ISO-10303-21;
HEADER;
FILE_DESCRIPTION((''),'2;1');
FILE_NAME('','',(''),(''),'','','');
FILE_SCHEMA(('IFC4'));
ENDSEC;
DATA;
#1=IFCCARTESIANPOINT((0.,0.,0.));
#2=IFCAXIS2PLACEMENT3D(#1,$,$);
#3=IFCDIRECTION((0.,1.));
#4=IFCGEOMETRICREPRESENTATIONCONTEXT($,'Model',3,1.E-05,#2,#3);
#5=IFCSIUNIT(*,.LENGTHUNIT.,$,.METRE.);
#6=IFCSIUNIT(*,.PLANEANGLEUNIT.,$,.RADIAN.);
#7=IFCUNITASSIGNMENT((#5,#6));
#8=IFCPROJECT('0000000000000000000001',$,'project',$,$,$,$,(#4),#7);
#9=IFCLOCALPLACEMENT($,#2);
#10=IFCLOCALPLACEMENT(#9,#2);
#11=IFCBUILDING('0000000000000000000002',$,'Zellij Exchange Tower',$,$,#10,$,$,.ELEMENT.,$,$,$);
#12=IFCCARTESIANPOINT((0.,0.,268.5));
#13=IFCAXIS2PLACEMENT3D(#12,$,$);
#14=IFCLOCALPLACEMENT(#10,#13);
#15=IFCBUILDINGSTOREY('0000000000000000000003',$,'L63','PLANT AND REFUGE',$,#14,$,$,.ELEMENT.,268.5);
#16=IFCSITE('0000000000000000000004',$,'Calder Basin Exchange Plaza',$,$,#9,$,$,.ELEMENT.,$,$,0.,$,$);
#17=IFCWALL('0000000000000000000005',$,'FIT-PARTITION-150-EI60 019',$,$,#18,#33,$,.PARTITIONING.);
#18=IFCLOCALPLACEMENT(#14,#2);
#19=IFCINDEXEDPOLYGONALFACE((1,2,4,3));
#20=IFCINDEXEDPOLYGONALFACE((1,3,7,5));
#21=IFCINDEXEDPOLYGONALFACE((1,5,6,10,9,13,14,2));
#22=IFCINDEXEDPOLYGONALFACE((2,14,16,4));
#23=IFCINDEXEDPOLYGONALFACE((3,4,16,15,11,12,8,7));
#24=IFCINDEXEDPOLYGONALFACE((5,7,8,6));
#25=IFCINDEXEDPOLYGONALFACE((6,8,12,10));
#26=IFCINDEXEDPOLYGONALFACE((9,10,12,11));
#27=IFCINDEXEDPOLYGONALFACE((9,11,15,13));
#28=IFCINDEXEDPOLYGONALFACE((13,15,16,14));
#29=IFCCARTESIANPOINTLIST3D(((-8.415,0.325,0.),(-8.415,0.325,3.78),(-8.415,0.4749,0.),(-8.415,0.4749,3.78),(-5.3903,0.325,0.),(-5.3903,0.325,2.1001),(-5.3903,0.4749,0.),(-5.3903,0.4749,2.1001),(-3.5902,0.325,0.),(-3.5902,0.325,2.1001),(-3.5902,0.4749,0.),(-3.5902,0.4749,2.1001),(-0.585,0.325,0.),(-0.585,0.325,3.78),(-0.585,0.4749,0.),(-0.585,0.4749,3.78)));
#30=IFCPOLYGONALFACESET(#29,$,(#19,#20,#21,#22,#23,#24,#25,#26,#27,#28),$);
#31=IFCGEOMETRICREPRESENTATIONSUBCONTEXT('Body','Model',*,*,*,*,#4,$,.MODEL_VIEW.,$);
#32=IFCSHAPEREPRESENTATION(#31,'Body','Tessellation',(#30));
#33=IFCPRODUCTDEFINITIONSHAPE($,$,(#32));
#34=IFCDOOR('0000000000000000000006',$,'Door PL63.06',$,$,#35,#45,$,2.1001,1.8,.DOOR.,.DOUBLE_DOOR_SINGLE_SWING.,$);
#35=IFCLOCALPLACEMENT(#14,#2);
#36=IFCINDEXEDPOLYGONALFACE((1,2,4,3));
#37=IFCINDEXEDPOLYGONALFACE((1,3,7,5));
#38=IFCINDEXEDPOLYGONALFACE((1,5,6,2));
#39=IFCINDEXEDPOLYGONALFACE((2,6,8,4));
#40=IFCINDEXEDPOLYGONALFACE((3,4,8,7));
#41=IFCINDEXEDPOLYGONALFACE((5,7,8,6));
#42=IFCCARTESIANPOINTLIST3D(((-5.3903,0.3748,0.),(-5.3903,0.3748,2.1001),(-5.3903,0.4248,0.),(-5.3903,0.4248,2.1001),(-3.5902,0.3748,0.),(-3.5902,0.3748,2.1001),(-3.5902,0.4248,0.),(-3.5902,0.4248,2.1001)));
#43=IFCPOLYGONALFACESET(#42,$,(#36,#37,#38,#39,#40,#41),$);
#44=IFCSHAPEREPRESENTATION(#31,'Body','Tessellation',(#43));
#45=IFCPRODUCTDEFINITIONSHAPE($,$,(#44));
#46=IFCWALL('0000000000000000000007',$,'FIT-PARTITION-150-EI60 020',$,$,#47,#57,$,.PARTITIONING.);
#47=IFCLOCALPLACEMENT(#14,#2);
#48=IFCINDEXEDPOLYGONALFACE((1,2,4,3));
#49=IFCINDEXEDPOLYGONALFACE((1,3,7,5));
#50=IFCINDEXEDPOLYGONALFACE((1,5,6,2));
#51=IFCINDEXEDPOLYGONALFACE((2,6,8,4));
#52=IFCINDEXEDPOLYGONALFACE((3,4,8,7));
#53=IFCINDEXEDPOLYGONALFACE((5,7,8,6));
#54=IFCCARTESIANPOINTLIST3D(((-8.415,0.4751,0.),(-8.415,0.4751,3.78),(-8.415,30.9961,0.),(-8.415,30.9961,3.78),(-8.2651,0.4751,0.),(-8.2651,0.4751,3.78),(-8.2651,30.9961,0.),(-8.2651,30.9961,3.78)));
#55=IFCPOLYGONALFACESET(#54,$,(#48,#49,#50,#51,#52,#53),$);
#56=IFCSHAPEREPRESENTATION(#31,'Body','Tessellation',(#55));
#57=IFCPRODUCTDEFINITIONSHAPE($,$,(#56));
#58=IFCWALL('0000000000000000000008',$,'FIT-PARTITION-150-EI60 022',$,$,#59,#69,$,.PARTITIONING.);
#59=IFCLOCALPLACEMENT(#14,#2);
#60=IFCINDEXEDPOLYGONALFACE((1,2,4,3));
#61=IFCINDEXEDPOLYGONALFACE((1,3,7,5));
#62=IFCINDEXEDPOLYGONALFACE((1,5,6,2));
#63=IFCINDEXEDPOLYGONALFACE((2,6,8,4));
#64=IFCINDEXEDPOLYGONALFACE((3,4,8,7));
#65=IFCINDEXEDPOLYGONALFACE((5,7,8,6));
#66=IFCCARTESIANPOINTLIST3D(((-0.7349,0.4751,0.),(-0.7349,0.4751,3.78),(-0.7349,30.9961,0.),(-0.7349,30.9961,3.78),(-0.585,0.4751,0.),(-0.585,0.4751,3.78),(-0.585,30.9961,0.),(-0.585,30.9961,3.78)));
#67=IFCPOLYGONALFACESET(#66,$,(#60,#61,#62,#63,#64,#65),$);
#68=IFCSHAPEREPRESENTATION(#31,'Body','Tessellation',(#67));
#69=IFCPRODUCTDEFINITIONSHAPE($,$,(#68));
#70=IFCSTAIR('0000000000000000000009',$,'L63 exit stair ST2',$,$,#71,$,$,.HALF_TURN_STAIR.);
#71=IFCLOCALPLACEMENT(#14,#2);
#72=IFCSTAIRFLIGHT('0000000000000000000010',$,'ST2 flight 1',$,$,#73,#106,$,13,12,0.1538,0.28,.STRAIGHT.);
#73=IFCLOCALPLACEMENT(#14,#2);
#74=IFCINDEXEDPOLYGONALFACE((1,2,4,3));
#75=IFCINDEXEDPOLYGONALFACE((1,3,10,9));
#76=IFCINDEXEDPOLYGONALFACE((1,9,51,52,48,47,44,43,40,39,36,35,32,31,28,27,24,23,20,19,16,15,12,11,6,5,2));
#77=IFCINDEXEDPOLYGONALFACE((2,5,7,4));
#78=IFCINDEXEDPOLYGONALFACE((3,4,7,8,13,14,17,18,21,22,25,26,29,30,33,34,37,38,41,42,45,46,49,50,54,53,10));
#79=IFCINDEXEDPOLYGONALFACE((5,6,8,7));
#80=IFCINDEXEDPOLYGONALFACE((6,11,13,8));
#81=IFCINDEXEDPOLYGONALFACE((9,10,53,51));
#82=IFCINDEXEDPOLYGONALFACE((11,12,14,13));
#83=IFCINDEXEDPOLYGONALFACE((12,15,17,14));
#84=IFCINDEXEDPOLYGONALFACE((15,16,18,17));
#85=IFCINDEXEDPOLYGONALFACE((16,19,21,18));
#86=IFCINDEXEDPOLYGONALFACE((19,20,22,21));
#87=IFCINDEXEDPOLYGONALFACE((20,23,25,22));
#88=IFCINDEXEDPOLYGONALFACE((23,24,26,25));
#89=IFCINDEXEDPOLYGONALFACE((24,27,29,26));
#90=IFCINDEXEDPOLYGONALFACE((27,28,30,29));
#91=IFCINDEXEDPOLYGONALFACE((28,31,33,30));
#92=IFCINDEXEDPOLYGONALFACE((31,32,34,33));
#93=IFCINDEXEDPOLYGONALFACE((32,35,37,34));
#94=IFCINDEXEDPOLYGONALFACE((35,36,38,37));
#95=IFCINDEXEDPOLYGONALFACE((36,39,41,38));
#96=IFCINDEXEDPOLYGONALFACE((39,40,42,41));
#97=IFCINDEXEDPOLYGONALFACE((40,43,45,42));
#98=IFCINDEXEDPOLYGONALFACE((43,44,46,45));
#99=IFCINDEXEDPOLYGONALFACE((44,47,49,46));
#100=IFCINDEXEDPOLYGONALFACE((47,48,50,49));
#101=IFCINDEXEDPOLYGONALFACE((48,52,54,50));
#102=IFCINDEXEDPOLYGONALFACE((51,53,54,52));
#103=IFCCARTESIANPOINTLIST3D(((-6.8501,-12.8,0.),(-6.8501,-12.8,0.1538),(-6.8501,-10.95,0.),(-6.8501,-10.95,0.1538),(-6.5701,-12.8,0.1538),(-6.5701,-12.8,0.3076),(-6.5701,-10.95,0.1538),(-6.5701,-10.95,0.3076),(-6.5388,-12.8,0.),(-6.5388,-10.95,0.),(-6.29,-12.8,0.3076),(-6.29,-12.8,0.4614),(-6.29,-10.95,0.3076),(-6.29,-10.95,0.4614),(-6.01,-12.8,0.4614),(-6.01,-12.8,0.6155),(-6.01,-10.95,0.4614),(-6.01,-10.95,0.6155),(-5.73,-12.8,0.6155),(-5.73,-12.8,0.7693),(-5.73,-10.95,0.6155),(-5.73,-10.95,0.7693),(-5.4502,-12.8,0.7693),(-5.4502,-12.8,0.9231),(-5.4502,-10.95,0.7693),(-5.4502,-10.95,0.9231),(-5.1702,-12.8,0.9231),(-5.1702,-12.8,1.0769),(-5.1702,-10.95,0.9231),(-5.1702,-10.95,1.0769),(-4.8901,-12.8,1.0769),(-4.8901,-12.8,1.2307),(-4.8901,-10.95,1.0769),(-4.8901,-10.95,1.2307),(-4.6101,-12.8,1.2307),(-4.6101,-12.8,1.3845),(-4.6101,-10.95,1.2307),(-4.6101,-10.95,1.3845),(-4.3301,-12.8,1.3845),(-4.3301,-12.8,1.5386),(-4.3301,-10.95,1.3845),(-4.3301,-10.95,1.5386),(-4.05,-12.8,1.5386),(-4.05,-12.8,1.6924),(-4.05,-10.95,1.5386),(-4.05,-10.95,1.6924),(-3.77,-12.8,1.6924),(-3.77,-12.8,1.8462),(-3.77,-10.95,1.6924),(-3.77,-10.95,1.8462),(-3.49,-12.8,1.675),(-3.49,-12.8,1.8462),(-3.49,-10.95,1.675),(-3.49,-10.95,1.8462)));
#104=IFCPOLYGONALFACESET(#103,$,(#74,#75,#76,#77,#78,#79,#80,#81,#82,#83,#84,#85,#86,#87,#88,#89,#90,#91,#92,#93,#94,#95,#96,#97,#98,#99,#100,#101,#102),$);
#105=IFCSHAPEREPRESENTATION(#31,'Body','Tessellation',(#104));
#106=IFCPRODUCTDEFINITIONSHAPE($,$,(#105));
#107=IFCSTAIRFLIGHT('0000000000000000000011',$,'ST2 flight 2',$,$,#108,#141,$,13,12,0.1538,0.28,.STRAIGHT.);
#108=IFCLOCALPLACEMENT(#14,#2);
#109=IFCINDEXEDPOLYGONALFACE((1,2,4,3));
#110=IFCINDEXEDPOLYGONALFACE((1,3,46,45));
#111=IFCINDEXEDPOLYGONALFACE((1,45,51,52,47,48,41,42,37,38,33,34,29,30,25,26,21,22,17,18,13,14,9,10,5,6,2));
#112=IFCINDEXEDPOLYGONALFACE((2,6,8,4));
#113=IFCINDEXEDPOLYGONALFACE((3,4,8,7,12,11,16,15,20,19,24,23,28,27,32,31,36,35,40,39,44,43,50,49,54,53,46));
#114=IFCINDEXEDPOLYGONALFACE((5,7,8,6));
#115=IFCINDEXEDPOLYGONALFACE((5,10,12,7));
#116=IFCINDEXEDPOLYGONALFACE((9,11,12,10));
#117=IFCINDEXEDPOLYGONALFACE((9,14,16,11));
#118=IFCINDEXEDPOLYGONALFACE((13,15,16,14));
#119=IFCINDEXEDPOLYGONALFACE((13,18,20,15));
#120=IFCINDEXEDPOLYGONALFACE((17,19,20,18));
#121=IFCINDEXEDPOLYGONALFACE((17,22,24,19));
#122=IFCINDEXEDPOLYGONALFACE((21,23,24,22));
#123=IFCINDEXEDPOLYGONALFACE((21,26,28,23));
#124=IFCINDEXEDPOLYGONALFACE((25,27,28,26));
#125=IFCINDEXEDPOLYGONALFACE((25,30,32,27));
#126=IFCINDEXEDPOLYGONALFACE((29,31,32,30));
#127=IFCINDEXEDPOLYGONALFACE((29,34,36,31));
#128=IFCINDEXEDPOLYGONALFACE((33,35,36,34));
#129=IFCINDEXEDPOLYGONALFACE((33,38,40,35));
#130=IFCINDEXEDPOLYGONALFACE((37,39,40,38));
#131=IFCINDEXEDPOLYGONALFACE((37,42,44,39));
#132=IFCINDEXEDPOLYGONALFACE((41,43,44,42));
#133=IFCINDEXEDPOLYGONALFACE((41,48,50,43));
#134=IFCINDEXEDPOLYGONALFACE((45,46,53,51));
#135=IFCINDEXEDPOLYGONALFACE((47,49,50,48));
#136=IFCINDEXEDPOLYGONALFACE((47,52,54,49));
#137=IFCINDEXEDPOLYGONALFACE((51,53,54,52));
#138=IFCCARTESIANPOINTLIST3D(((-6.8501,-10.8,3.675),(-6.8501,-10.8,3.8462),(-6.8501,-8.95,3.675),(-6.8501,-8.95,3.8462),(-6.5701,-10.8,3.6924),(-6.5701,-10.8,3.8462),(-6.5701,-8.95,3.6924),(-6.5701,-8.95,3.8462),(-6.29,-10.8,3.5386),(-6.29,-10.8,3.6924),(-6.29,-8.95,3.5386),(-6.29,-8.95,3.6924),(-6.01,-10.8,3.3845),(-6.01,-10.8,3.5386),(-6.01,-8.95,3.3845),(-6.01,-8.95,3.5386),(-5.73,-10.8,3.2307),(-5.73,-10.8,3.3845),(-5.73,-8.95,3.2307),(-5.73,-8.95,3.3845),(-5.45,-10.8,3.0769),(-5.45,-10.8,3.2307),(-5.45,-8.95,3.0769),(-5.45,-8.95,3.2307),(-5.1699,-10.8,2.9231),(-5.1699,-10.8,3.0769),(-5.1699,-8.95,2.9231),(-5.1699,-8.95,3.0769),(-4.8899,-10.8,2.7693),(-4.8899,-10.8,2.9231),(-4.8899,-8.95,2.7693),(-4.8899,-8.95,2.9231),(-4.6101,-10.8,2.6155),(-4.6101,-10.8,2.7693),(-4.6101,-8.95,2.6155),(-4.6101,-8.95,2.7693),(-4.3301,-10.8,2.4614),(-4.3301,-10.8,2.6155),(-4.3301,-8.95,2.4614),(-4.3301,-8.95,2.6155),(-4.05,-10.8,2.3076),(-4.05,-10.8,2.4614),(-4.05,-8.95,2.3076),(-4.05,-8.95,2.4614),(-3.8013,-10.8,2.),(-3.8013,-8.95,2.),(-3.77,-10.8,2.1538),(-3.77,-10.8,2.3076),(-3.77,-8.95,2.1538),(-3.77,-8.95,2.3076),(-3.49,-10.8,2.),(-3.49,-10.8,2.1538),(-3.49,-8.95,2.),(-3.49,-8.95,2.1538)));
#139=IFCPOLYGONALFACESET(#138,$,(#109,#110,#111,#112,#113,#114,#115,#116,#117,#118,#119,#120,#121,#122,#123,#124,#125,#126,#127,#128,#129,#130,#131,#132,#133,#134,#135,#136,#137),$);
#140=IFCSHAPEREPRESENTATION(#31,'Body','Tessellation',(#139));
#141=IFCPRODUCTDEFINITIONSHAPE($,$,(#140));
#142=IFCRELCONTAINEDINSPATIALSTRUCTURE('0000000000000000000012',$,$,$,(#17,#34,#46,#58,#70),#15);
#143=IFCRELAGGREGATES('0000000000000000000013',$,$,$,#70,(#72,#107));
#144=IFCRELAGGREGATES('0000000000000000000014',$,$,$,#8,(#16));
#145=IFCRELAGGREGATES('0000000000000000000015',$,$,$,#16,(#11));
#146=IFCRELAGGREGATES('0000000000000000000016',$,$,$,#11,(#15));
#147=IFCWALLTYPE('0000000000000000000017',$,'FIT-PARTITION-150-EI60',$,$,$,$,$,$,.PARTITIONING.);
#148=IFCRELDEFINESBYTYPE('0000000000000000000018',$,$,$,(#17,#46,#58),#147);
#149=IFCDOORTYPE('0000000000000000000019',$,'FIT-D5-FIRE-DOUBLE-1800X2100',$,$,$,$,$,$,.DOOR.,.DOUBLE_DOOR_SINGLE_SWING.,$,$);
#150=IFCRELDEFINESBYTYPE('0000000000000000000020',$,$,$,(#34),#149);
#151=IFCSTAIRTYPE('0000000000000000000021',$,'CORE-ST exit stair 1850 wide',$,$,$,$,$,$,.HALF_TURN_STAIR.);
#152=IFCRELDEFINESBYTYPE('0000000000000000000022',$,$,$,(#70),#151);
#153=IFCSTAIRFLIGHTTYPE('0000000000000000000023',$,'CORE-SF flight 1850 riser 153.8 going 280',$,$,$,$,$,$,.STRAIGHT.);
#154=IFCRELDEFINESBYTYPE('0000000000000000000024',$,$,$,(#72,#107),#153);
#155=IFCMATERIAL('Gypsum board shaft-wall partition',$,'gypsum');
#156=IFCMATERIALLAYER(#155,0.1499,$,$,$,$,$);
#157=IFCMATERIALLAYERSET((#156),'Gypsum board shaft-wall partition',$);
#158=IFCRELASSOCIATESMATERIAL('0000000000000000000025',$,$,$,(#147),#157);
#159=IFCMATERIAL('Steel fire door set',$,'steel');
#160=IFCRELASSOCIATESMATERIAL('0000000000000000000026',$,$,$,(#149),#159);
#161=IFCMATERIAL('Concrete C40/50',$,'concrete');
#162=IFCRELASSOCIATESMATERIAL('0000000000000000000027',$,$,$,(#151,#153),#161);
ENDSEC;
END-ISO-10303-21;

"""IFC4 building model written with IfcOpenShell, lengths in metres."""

from ifc_helpers import new_model, si_unit, direction, frame, frame_2d, origin, place, context, subcontext, project, spatial, polyline, rectangle, outline, extrude, material, layer, layer_set, type_object, element, fill, aggregate, save


model = new_model("IFC4")

# Units and contexts
model_context = context("Model", 3, precision=1e-05, world=origin(), true_north=direction((0.0, 1.0)))
body_context = subcontext(model_context, "Body", "Model", "MODEL_VIEW")
ifc_project = project(units=[si_unit("LENGTHUNIT", "METRE"), si_unit("PLANEANGLEUNIT", "RADIAN")], contexts=[model_context])

# Site, building, storey
site_placement = place(None, origin())
site = spatial("IfcSite", under=ifc_project, at=site_placement, Name="Calder Basin Exchange Plaza", CompositionType="ELEMENT", RefElevation=0.0)
building_placement = place(site_placement, origin())
building = spatial("IfcBuilding", under=site, at=building_placement, Name="Zellij Exchange Tower", CompositionType="ELEMENT")
storey_placement = place(building_placement, frame((0.0, 0.0, 268.5)))
storey = spatial("IfcBuildingStorey", under=building, at=storey_placement, Name="L63", Description="PLANT AND REFUGE", CompositionType="ELEMENT", Elevation=268.5)

# Shared definitions
ifc_material_1 = material(Name="Concrete C40/50", Category="concrete")

# Wall, opening, door
ifc_material_2 = material(Name="Gypsum board shaft-wall partition", Category="gypsum")
ifc_layer_1 = layer(ifc_material_2, 0.1499)
ifc_layer_set_1 = layer_set([ifc_layer_1], Name="Gypsum board shaft-wall partition")
wall_type_1 = type_object("IfcWallType", Name="FIT-PARTITION-150-EI60", PredefinedType="PARTITIONING", material=ifc_layer_set_1)
wall_1_placement = place(storey_placement, frame((-8.415, 0.3999, 0.0), z_axis=(0.0, 0.0, 1.0), x_axis=(1.0, 0.0, 0.0)))
wall_1 = element("IfcWall", 1, at=wall_1_placement, inside=storey, type_object=wall_type_1, Name="FIT-PARTITION-150-EI60 019", PredefinedType="PARTITIONING", context=body_context, shape_type="SweptSolid", body=[
    extrude(rectangle(XDim=7.8301, YDim=0.1499, at=frame_2d((3.915, 0.0))), origin(), (0.0, 0.0, 1.0), 3.78),
])
opening_1_placement = place(wall_1_placement, frame((3.0249, 0.0, 0.0)))
opening_1 = element("IfcOpeningElement", 2, at=opening_1_placement, cuts=wall_1, PredefinedType="OPENING", context=body_context, shape_type="SweptSolid", body=[
    extrude(rectangle(XDim=1.8, YDim=2.1001, at=frame_2d((0.8999, 1.05))), frame((0.0, 0.0869, 0.0), z_axis=(0.0, -1.0, 0.0), x_axis=(1.0, 0.0, 0.0)), (0.0, 0.0, 1.0), 0.1738),
])
ifc_material_3 = material(Name="Steel fire door set", Category="steel")
door_type_1 = type_object("IfcDoorType", Name="FIT-D5-FIRE-DOUBLE-1800X2100", OperationType="DOUBLE_DOOR_SINGLE_SWING", PredefinedType="DOOR", material=ifc_material_3)
door_1_placement = place(opening_1_placement, origin())
door_1 = element("IfcDoor", 3, at=door_1_placement, inside=storey, type_object=door_type_1, Name="Door PL63.06", OperationType="DOUBLE_DOOR_SINGLE_SWING", OverallHeight=2.1001, OverallWidth=1.8, PredefinedType="DOOR", context=body_context, shape_type="SweptSolid", body=[
    extrude(rectangle(XDim=1.8, YDim=2.1001, at=frame_2d((0.8999, 1.05))), frame((0.0, 0.0249, 0.0), z_axis=(0.0, -1.0, 0.0), x_axis=(1.0, 0.0, 0.0)), (0.0, 0.0, 1.0), 0.05),
])
fill(opening_1, door_1)

# Walls
for number, where, z_axis, x_axis, name in (
    (4, (-8.3401, 0.4751, 0.0), (0.0, 0.0, 1.0), (0.0, 1.0, 0.0), "FIT-PARTITION-150-EI60 020"),
    (5, (-0.6599, 0.4751, 0.0), (0.0, 0.0, 1.0), (0.0, 1.0, 0.0), "FIT-PARTITION-150-EI60 022"),
):
    element("IfcWall", number, at=place(storey_placement, frame(where, z_axis=z_axis, x_axis=x_axis)), inside=storey, type_object=wall_type_1, Name=name, PredefinedType="PARTITIONING", context=body_context, shape_type="SweptSolid", body=[
        extrude(rectangle(XDim=30.521, YDim=0.1499, at=frame_2d((15.2605, 0.0))), origin(), (0.0, 0.0, 1.0), 3.78),
    ])

# Stair, stair flights
stair_type = type_object("IfcStairType", Name="CORE-ST exit stair 1850 wide", PredefinedType="HALF_TURN_STAIR", material=ifc_material_1)
stair_placement = place(storey_placement, origin())
stair = element("IfcStair", 6, at=stair_placement, inside=storey, type_object=stair_type, Name="L63 exit stair ST2", PredefinedType="HALF_TURN_STAIR")
stair_flight_type = type_object("IfcStairFlightType", Name="CORE-SF flight 1850 riser 153.8 going 280", PredefinedType="STRAIGHT", material=ifc_material_1)
stair_flight_1_placement = place(storey_placement, frame((-6.8501, -11.875, 0.0), z_axis=(0.0, 0.0, 1.0), x_axis=(1.0, 0.0, 0.0)))
stair_flight_1 = element("IfcStairFlight", 7, at=stair_flight_1_placement, type_object=stair_flight_type, Name="ST2 flight 1", NumberOfRisers=13, NumberOfTreads=12, PredefinedType="STRAIGHT", RiserHeight=0.1538, TreadLength=0.28, context=body_context, shape_type="SweptSolid", body=[
    extrude(outline(polyline([(0.0, 0.0), (0.0, 0.1538), (0.28, 0.1538), (0.28, 0.3076), (0.5601, 0.3076), (0.5601, 0.4614), (0.8401, 0.4614), (0.8401, 0.6155), (1.1201, 0.6155), (1.1201, 0.7693), (1.3999, 0.7693), (1.3999, 0.9231), (1.6799, 0.9231), (1.6799, 1.0769), (1.96, 1.0769), (1.96, 1.2307), (2.24, 1.2307), (2.24, 1.3845), (2.52, 1.3845), (2.52, 1.5386), (2.8, 1.5386), (2.8, 1.6924), (3.0801, 1.6924), (3.0801, 1.8462), (3.3601, 1.8462), (3.3601, 2.0), (3.3601, 1.675), (0.3113, 0.0), (0.0, 0.0)])), frame((0.0, 0.925, 0.0), z_axis=(0.0, -1.0, 0.0), x_axis=(1.0, 0.0, 0.0)), (0.0, 0.0, 1.0), 1.8501),
])
stair_flight_2_placement = place(storey_placement, frame((-3.49, -9.875, 2.0), z_axis=(0.0, 0.0, 1.0), x_axis=(-1.0, 0.0, 0.0)))
stair_flight_2 = element("IfcStairFlight", 8, at=stair_flight_2_placement, type_object=stair_flight_type, Name="ST2 flight 2", NumberOfRisers=13, NumberOfTreads=12, PredefinedType="STRAIGHT", RiserHeight=0.1538, TreadLength=0.28, context=body_context, shape_type="SweptSolid", body=[
    extrude(outline(polyline([(0.0, 0.0), (0.0, 0.1538), (0.28, 0.1538), (0.28, 0.3076), (0.5601, 0.3076), (0.5601, 0.4614), (0.8401, 0.4614), (0.8401, 0.6155), (1.1201, 0.6155), (1.1201, 0.7693), (1.3999, 0.7693), (1.3999, 0.9231), (1.6799, 0.9231), (1.6799, 1.0769), (1.96, 1.0769), (1.96, 1.2307), (2.24, 1.2307), (2.24, 1.3845), (2.52, 1.3845), (2.52, 1.5386), (2.8, 1.5386), (2.8, 1.6924), (3.0801, 1.6924), (3.0801, 1.8462), (3.3601, 1.8462), (3.3601, 2.0), (3.3601, 1.675), (0.3113, 0.0), (0.0, 0.0)])), frame((0.0, 0.925, 0.0), z_axis=(0.0, -1.0, 0.0), x_axis=(1.0, 0.0, 0.0)), (0.0, 0.0, 1.0), 1.8501),
])
aggregate(stair, [stair_flight_1, stair_flight_2])

save(model, "model.ifc")
